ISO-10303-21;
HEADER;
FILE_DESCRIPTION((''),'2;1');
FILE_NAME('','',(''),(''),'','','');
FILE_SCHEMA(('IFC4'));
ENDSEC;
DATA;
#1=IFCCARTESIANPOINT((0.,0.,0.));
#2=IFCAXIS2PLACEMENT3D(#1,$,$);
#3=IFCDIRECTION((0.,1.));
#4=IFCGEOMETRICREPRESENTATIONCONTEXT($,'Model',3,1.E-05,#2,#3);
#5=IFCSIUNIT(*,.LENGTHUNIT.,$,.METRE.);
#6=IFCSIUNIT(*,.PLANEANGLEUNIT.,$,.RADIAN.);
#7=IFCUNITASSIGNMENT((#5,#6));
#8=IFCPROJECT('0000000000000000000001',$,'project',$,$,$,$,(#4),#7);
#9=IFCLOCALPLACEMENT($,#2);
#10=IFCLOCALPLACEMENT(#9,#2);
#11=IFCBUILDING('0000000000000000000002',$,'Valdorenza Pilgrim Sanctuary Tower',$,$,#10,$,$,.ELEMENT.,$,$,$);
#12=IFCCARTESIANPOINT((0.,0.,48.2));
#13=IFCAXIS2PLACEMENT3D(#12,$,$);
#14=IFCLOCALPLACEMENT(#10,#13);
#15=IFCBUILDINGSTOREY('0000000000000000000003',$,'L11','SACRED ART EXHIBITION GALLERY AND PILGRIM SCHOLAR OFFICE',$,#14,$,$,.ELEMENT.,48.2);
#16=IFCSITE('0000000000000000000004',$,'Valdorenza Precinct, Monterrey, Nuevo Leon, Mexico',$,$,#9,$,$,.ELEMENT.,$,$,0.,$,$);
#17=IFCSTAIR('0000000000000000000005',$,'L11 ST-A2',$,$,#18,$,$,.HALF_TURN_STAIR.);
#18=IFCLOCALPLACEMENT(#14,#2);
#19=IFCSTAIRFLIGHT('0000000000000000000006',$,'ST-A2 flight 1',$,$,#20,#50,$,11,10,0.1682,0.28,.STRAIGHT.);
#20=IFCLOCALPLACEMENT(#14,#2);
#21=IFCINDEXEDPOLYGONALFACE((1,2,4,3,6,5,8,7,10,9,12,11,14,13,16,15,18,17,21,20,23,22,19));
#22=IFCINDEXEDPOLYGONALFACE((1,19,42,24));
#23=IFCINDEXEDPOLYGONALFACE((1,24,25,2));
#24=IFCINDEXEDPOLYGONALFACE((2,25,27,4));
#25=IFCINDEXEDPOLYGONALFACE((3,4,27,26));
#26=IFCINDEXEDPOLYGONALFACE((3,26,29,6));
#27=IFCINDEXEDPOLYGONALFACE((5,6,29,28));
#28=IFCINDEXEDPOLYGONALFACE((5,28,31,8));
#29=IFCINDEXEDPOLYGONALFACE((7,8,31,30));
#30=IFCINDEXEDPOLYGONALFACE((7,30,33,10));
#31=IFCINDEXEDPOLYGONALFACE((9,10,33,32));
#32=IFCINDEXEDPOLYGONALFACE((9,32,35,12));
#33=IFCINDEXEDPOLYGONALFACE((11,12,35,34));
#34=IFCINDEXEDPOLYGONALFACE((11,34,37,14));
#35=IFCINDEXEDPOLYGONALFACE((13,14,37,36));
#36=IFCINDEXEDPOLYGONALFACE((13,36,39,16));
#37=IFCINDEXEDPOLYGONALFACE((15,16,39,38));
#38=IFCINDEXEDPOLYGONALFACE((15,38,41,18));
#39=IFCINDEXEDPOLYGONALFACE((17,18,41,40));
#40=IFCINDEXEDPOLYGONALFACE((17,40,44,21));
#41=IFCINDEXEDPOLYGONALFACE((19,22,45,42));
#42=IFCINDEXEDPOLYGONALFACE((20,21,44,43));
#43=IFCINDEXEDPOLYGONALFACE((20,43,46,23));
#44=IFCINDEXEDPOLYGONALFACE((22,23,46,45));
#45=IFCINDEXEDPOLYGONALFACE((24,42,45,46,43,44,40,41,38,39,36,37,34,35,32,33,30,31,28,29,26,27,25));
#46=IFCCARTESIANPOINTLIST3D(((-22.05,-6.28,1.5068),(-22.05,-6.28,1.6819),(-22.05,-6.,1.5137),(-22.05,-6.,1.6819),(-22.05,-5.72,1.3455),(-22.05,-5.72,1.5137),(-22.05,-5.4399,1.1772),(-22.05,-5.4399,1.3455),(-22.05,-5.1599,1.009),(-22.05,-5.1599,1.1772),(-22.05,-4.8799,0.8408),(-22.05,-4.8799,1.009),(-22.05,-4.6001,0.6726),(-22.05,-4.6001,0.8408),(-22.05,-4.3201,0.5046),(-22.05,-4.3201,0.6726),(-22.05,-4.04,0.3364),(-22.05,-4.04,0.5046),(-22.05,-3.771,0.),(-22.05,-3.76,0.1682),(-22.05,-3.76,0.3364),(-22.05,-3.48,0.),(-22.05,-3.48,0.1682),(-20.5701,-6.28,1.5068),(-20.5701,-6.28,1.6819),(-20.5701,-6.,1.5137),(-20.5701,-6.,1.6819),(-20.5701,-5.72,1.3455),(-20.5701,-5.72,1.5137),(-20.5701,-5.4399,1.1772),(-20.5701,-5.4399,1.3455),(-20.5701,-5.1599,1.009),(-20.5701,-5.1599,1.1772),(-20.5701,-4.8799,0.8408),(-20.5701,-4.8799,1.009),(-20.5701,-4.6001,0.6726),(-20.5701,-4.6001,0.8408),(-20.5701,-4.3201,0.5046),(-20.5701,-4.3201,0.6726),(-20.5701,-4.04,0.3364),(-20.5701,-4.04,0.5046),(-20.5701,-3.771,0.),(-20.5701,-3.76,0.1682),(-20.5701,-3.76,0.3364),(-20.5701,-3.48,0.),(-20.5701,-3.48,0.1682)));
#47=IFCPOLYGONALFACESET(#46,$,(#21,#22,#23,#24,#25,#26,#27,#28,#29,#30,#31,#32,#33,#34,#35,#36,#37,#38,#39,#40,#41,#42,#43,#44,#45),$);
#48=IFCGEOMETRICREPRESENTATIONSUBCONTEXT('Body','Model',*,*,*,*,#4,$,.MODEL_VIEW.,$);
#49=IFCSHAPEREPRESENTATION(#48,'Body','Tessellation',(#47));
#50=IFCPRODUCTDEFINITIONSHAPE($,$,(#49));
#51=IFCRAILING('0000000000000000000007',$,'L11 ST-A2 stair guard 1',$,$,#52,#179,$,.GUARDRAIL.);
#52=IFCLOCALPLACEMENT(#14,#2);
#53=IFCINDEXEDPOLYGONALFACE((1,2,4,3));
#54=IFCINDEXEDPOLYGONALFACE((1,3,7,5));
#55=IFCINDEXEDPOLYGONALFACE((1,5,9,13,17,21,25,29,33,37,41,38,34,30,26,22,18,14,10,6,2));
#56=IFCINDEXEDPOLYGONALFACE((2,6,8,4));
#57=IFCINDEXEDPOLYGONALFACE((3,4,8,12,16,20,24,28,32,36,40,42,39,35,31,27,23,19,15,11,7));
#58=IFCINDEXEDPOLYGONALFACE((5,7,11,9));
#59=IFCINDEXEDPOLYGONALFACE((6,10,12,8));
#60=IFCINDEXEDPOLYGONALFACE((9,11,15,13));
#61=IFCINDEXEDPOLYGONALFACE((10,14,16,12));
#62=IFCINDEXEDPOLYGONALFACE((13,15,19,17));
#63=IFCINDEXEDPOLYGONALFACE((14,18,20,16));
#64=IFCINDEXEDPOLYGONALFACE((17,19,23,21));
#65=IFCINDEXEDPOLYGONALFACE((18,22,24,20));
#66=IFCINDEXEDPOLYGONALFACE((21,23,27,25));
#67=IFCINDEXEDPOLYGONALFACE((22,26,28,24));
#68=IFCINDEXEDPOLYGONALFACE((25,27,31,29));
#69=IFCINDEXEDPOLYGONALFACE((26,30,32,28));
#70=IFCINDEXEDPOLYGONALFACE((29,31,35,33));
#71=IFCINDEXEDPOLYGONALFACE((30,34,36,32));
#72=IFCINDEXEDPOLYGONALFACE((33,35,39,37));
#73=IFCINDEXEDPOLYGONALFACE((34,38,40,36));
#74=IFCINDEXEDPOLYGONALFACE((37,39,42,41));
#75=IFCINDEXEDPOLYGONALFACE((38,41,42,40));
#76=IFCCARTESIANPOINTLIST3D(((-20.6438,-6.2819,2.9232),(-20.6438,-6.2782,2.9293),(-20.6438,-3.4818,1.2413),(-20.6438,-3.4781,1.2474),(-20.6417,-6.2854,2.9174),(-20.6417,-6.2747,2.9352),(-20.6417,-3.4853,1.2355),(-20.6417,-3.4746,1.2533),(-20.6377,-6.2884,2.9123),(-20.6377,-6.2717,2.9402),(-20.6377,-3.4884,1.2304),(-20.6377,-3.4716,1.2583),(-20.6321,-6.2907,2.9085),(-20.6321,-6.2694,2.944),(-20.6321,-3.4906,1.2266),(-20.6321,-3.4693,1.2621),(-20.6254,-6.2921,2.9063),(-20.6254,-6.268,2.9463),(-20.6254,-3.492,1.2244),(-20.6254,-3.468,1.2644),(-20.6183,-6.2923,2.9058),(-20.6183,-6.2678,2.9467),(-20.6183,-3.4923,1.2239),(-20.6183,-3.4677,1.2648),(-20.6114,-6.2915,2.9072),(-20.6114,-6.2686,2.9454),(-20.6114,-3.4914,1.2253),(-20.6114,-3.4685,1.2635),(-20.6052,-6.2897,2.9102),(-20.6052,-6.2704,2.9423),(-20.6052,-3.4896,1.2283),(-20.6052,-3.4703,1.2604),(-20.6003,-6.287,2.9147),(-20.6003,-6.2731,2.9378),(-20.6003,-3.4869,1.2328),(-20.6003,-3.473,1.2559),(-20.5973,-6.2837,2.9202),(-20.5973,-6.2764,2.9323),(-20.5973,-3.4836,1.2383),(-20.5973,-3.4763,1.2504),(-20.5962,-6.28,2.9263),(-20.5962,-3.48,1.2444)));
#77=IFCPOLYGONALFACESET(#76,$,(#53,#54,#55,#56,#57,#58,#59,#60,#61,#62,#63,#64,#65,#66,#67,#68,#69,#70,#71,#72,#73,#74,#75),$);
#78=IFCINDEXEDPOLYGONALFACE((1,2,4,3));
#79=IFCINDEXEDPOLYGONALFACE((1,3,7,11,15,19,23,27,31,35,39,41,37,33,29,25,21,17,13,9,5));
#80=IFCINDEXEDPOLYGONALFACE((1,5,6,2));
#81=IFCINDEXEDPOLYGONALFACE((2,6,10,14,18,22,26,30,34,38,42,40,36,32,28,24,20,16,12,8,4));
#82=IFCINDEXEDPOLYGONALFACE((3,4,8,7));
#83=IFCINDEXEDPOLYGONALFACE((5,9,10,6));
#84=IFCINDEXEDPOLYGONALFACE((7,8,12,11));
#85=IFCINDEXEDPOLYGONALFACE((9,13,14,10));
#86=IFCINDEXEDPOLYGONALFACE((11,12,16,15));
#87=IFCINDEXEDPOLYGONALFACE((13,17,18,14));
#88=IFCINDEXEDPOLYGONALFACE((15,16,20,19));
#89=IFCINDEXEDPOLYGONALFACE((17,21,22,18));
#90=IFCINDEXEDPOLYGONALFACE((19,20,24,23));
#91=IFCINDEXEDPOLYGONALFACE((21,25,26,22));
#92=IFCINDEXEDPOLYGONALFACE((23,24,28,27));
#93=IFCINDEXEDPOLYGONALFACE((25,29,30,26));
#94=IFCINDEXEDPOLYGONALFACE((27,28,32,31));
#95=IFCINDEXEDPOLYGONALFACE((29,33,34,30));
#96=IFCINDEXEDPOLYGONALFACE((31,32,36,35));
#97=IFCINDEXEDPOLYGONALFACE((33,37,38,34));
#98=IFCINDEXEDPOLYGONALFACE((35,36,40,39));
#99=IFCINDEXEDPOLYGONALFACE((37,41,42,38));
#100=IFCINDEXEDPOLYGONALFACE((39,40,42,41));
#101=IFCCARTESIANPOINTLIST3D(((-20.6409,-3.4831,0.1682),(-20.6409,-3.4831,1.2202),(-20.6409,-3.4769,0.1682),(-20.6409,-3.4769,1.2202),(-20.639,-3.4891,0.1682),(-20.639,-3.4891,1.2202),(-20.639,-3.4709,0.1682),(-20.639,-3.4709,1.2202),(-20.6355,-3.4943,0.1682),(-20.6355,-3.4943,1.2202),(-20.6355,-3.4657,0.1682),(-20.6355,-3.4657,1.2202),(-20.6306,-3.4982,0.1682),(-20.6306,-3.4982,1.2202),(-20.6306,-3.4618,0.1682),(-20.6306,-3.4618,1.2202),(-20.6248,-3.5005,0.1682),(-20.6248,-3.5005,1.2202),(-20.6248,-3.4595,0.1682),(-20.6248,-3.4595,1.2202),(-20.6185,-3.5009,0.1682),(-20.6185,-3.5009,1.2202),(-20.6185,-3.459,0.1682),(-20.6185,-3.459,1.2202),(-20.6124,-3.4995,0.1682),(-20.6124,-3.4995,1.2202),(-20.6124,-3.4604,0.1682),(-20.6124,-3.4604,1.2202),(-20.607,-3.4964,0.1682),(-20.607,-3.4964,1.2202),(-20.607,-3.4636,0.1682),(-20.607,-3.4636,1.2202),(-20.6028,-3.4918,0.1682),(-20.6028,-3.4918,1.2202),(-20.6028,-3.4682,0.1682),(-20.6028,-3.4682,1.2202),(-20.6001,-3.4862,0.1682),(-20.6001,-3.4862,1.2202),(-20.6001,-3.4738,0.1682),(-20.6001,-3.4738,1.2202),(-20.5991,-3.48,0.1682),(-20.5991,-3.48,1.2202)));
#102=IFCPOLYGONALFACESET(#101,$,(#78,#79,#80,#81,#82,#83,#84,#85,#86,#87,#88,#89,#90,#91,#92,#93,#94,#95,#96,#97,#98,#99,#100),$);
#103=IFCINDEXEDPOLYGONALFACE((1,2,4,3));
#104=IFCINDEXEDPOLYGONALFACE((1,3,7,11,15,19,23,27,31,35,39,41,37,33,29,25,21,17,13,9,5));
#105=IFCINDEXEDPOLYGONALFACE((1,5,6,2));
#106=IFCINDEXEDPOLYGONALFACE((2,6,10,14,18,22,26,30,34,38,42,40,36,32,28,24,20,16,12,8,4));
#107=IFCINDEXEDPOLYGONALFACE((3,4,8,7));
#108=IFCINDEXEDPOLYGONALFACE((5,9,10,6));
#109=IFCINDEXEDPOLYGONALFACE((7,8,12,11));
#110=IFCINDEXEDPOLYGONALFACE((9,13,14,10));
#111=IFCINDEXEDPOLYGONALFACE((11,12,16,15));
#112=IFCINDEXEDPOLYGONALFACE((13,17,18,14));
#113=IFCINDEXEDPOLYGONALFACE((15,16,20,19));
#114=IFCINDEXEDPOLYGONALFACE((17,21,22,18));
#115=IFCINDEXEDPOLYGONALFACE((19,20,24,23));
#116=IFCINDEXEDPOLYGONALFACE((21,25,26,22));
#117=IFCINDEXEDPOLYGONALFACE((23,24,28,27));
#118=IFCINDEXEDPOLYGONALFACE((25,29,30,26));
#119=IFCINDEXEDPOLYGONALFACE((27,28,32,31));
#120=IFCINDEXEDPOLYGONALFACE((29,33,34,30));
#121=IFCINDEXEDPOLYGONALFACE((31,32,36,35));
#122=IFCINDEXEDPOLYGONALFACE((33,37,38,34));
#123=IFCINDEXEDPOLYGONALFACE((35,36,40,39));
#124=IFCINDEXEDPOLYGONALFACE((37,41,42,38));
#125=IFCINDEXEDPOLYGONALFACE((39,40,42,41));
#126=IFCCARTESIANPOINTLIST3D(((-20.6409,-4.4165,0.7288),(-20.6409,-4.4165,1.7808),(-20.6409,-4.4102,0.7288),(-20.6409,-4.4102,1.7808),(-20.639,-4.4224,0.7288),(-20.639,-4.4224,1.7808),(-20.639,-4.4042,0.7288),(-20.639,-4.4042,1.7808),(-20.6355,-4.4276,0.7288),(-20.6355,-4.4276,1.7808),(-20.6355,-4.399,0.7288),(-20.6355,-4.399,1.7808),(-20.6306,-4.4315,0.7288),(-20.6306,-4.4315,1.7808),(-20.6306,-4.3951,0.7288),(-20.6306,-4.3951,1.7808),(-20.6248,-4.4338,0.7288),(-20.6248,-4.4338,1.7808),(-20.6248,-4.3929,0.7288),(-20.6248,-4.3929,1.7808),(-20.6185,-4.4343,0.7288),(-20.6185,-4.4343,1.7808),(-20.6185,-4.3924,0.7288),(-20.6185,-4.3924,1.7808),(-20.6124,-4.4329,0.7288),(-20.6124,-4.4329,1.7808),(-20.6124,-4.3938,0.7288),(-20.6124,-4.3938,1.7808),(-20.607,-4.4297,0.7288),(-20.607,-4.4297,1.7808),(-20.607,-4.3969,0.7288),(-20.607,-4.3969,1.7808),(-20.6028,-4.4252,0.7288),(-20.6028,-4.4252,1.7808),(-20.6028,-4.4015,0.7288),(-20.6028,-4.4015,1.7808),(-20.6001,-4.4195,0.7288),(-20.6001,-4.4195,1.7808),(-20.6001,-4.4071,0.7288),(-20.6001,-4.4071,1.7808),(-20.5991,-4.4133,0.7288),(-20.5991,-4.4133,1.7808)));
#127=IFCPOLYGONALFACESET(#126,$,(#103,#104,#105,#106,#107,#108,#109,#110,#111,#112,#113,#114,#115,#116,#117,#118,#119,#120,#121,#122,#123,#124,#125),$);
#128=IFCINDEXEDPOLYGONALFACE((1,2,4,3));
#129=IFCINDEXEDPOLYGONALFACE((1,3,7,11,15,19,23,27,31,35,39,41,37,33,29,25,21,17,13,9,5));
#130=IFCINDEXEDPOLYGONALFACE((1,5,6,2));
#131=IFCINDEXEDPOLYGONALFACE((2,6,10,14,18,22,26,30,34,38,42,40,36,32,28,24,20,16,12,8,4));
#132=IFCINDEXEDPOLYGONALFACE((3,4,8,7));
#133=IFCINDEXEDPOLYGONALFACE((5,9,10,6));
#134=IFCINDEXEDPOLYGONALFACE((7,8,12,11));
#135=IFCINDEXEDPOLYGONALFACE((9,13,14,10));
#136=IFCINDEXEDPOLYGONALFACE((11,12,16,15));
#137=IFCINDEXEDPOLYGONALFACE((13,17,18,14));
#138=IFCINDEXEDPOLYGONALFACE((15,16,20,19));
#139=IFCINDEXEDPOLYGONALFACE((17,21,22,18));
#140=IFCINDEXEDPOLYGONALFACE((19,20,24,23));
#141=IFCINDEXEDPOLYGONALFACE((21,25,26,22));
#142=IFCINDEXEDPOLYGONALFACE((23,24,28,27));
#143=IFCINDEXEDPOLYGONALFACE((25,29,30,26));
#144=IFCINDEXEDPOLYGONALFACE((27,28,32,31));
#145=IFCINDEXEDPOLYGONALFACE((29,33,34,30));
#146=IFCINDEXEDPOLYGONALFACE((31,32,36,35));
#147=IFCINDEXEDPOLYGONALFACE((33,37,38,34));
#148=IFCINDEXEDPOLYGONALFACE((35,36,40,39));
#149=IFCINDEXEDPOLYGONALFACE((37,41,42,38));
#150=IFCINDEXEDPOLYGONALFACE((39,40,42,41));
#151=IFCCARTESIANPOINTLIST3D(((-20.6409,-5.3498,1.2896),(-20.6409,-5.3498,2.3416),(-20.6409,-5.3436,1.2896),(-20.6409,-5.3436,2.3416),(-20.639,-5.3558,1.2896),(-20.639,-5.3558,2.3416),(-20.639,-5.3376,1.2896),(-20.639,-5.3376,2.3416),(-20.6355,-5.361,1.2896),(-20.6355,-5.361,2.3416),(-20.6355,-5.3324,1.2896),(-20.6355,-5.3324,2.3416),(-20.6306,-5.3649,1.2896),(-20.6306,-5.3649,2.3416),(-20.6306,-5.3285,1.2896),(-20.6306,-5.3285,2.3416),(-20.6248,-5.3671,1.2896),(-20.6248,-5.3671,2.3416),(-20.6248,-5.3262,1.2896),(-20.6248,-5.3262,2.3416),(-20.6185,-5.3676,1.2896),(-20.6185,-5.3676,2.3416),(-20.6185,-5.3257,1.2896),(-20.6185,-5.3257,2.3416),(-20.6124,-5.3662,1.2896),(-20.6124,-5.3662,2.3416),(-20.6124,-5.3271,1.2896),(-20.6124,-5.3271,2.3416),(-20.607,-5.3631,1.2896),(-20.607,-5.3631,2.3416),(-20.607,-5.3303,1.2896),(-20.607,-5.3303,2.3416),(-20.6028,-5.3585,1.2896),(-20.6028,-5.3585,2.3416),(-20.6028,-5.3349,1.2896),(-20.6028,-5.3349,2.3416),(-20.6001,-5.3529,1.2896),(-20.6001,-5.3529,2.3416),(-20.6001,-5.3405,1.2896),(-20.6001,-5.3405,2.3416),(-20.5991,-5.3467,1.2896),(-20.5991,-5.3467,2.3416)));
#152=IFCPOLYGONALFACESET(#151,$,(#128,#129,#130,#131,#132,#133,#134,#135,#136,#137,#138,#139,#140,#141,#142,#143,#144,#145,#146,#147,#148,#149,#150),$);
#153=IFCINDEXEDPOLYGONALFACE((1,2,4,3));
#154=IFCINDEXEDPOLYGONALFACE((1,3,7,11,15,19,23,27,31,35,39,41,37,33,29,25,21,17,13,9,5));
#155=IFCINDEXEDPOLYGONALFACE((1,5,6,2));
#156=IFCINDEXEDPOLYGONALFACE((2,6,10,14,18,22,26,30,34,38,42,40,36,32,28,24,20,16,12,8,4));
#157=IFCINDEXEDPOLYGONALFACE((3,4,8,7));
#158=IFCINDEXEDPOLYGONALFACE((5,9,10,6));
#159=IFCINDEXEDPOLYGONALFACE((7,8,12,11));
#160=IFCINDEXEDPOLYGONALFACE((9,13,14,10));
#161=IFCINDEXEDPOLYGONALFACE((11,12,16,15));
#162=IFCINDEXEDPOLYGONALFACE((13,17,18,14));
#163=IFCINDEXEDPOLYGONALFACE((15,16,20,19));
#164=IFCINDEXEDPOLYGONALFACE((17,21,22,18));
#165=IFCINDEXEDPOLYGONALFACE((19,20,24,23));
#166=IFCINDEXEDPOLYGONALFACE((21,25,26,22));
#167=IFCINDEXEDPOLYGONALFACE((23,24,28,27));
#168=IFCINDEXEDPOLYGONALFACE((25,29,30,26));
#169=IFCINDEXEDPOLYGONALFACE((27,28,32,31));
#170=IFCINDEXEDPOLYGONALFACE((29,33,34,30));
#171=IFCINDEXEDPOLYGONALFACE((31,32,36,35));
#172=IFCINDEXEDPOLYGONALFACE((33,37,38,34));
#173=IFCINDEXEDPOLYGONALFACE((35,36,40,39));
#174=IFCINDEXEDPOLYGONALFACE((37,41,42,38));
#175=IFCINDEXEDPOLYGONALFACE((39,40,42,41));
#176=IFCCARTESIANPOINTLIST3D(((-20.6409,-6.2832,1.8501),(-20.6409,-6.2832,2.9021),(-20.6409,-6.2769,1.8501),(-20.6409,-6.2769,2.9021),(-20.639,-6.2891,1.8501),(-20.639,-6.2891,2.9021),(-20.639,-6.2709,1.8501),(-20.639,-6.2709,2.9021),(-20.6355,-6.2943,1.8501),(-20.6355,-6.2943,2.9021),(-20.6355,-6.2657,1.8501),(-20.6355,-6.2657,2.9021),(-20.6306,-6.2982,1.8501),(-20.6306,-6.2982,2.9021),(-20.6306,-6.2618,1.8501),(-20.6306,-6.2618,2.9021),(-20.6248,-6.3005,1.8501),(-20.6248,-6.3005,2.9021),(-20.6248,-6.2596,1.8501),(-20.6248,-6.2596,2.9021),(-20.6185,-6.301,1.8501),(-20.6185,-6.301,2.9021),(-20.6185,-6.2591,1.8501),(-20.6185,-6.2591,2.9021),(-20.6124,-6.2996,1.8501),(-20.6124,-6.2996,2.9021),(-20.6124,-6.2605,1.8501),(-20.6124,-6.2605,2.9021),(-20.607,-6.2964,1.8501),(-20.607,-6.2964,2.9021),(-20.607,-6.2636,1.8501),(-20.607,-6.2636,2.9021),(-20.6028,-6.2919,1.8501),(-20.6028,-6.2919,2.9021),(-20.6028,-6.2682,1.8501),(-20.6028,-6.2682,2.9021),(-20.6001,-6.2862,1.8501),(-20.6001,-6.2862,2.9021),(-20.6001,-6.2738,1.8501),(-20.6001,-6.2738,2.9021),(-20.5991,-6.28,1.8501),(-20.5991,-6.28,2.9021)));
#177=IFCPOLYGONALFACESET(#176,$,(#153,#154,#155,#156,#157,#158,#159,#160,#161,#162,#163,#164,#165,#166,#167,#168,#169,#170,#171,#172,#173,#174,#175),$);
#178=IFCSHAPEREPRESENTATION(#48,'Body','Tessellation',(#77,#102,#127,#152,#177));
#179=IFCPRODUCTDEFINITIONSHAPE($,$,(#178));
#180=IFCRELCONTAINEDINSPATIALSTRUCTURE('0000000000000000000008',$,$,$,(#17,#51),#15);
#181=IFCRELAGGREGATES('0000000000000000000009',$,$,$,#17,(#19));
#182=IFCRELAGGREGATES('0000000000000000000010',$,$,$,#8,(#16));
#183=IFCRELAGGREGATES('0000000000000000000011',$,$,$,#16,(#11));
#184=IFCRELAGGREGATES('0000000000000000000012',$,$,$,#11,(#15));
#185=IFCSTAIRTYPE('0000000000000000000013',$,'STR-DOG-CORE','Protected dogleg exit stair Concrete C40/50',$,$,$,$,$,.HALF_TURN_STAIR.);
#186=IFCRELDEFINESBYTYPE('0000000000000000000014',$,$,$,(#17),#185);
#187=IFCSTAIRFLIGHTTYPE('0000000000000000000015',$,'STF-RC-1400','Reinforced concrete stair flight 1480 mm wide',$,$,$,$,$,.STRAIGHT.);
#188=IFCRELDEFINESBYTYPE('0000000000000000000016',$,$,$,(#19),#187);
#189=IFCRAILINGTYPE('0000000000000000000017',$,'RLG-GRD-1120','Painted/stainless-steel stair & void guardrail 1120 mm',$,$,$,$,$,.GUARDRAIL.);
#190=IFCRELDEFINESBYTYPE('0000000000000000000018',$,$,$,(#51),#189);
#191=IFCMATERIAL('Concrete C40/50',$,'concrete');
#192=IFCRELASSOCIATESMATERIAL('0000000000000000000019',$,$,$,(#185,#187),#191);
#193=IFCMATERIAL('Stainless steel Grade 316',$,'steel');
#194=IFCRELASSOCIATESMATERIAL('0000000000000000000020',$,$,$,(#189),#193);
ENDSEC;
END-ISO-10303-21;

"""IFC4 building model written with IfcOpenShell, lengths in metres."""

from ifc_helpers import new_model, si_unit, direction, frame, origin, origin_2d, place, context, subcontext, project, spatial, polyline, circle, outline, extrude, material, type_object, element, aggregate, save


model = new_model("IFC4")

# Units and contexts
model_context = context("Model", 3, precision=1e-05, world=origin(), true_north=direction((0.0, 1.0)))
body_context = subcontext(model_context, "Body", "Model", "MODEL_VIEW")
ifc_project = project(units=[si_unit("LENGTHUNIT", "METRE"), si_unit("PLANEANGLEUNIT", "RADIAN")], contexts=[model_context])

# Site, building, storey
site_placement = place(None, origin())
site = spatial("IfcSite", under=ifc_project, at=site_placement, Name="Valdorenza Precinct, Monterrey, Nuevo Leon, Mexico", CompositionType="ELEMENT", RefElevation=0.0)
building_placement = place(site_placement, origin())
building = spatial("IfcBuilding", under=site, at=building_placement, Name="Valdorenza Pilgrim Sanctuary Tower", CompositionType="ELEMENT")
storey_placement = place(building_placement, frame((0.0, 0.0, 48.2)))
storey = spatial("IfcBuildingStorey", under=building, at=storey_placement, Name="L11", Description="SACRED ART EXHIBITION GALLERY AND PILGRIM SCHOLAR OFFICE", CompositionType="ELEMENT", Elevation=48.2)

# Shared definitions
ifc_material_1 = material(Name="Concrete C40/50", Category="concrete")

# Stair, stair flight
stair_type = type_object("IfcStairType", Name="STR-DOG-CORE", Description="Protected dogleg exit stair Concrete C40/50", PredefinedType="HALF_TURN_STAIR", material=ifc_material_1)
stair_placement = place(storey_placement, origin())
stair = element("IfcStair", 1, at=stair_placement, inside=storey, type_object=stair_type, Name="L11 ST-A2", PredefinedType="HALF_TURN_STAIR")
stair_flight_type = type_object("IfcStairFlightType", Name="STF-RC-1400", Description="Reinforced concrete stair flight 1480 mm wide", PredefinedType="STRAIGHT", material=ifc_material_1)
stair_flight_placement = place(storey_placement, frame((-21.3101, -3.48, 0.0), z_axis=(0.0, 0.0, 1.0), x_axis=(0.0, -1.0, 0.0)))
stair_flight = element("IfcStairFlight", 2, at=stair_flight_placement, type_object=stair_flight_type, Name="ST-A2 flight 1", NumberOfRisers=11, NumberOfTreads=10, PredefinedType="STRAIGHT", RiserHeight=0.1682, TreadLength=0.28, context=body_context, shape_type="SweptSolid", body=[
    extrude(outline(polyline([(0.0, 0.0), (0.0, 0.1682), (0.28, 0.1682), (0.28, 0.3364), (0.5601, 0.3364), (0.5601, 0.5046), (0.8401, 0.5046), (0.8401, 0.6726), (1.1201, 0.6726), (1.1201, 0.8408), (1.3999, 0.8408), (1.3999, 1.009), (1.6799, 1.009), (1.6799, 1.1772), (1.96, 1.1772), (1.96, 1.3455), (2.24, 1.3455), (2.24, 1.5137), (2.52, 1.5137), (2.52, 1.6819), (2.8, 1.6819), (2.8, 1.8501), (2.8, 1.5068), (0.291, 0.0), (0.0, 0.0)])), frame((0.0, 0.74, 0.0), z_axis=(0.0, -1.0, 0.0), x_axis=(1.0, 0.0, 0.0)), (0.0, 0.0, 1.0), 1.48),
])
aggregate(stair, [stair_flight])

# Railing
ifc_material_2 = material(Name="Stainless steel Grade 316", Category="steel")
railing_type_1 = type_object("IfcRailingType", Name="RLG-GRD-1120", Description="Painted/stainless-steel stair & void guardrail 1120 mm", PredefinedType="GUARDRAIL", material=ifc_material_2)
railing_1_placement = place(storey_placement, frame((-20.6201, -3.48, 0.1682)))
element("IfcRailing", 3, at=railing_1_placement, inside=storey, type_object=railing_type_1, Name="L11 ST-A2 stair guard 1", PredefinedType="GUARDRAIL", context=body_context, shape_type="SweptSolid", body=[
    extrude(circle(Radius=0.0239, at=origin_2d()), frame((0.0, 0.0, 1.0762), z_axis=(0.0, -0.857242, 0.514913), x_axis=(1.0, 0.0, 0.0)), (0.0, 0.0, 1.0), 3.2664),
    extrude(circle(Radius=0.021, at=origin_2d()), origin(), (0.0, 0.0, 1.0), 1.052),
    extrude(circle(Radius=0.021, at=origin_2d()), frame((0.0, -0.9333, 0.5605)), (0.0, 0.0, 1.0), 1.052),
    extrude(circle(Radius=0.021, at=origin_2d()), frame((0.0, -1.8667, 1.1213)), (0.0, 0.0, 1.0), 1.052),
    extrude(circle(Radius=0.021, at=origin_2d()), frame((0.0, -2.8, 1.6819)), (0.0, 0.0, 1.0), 1.052),
])

save(model, "model.ifc")
